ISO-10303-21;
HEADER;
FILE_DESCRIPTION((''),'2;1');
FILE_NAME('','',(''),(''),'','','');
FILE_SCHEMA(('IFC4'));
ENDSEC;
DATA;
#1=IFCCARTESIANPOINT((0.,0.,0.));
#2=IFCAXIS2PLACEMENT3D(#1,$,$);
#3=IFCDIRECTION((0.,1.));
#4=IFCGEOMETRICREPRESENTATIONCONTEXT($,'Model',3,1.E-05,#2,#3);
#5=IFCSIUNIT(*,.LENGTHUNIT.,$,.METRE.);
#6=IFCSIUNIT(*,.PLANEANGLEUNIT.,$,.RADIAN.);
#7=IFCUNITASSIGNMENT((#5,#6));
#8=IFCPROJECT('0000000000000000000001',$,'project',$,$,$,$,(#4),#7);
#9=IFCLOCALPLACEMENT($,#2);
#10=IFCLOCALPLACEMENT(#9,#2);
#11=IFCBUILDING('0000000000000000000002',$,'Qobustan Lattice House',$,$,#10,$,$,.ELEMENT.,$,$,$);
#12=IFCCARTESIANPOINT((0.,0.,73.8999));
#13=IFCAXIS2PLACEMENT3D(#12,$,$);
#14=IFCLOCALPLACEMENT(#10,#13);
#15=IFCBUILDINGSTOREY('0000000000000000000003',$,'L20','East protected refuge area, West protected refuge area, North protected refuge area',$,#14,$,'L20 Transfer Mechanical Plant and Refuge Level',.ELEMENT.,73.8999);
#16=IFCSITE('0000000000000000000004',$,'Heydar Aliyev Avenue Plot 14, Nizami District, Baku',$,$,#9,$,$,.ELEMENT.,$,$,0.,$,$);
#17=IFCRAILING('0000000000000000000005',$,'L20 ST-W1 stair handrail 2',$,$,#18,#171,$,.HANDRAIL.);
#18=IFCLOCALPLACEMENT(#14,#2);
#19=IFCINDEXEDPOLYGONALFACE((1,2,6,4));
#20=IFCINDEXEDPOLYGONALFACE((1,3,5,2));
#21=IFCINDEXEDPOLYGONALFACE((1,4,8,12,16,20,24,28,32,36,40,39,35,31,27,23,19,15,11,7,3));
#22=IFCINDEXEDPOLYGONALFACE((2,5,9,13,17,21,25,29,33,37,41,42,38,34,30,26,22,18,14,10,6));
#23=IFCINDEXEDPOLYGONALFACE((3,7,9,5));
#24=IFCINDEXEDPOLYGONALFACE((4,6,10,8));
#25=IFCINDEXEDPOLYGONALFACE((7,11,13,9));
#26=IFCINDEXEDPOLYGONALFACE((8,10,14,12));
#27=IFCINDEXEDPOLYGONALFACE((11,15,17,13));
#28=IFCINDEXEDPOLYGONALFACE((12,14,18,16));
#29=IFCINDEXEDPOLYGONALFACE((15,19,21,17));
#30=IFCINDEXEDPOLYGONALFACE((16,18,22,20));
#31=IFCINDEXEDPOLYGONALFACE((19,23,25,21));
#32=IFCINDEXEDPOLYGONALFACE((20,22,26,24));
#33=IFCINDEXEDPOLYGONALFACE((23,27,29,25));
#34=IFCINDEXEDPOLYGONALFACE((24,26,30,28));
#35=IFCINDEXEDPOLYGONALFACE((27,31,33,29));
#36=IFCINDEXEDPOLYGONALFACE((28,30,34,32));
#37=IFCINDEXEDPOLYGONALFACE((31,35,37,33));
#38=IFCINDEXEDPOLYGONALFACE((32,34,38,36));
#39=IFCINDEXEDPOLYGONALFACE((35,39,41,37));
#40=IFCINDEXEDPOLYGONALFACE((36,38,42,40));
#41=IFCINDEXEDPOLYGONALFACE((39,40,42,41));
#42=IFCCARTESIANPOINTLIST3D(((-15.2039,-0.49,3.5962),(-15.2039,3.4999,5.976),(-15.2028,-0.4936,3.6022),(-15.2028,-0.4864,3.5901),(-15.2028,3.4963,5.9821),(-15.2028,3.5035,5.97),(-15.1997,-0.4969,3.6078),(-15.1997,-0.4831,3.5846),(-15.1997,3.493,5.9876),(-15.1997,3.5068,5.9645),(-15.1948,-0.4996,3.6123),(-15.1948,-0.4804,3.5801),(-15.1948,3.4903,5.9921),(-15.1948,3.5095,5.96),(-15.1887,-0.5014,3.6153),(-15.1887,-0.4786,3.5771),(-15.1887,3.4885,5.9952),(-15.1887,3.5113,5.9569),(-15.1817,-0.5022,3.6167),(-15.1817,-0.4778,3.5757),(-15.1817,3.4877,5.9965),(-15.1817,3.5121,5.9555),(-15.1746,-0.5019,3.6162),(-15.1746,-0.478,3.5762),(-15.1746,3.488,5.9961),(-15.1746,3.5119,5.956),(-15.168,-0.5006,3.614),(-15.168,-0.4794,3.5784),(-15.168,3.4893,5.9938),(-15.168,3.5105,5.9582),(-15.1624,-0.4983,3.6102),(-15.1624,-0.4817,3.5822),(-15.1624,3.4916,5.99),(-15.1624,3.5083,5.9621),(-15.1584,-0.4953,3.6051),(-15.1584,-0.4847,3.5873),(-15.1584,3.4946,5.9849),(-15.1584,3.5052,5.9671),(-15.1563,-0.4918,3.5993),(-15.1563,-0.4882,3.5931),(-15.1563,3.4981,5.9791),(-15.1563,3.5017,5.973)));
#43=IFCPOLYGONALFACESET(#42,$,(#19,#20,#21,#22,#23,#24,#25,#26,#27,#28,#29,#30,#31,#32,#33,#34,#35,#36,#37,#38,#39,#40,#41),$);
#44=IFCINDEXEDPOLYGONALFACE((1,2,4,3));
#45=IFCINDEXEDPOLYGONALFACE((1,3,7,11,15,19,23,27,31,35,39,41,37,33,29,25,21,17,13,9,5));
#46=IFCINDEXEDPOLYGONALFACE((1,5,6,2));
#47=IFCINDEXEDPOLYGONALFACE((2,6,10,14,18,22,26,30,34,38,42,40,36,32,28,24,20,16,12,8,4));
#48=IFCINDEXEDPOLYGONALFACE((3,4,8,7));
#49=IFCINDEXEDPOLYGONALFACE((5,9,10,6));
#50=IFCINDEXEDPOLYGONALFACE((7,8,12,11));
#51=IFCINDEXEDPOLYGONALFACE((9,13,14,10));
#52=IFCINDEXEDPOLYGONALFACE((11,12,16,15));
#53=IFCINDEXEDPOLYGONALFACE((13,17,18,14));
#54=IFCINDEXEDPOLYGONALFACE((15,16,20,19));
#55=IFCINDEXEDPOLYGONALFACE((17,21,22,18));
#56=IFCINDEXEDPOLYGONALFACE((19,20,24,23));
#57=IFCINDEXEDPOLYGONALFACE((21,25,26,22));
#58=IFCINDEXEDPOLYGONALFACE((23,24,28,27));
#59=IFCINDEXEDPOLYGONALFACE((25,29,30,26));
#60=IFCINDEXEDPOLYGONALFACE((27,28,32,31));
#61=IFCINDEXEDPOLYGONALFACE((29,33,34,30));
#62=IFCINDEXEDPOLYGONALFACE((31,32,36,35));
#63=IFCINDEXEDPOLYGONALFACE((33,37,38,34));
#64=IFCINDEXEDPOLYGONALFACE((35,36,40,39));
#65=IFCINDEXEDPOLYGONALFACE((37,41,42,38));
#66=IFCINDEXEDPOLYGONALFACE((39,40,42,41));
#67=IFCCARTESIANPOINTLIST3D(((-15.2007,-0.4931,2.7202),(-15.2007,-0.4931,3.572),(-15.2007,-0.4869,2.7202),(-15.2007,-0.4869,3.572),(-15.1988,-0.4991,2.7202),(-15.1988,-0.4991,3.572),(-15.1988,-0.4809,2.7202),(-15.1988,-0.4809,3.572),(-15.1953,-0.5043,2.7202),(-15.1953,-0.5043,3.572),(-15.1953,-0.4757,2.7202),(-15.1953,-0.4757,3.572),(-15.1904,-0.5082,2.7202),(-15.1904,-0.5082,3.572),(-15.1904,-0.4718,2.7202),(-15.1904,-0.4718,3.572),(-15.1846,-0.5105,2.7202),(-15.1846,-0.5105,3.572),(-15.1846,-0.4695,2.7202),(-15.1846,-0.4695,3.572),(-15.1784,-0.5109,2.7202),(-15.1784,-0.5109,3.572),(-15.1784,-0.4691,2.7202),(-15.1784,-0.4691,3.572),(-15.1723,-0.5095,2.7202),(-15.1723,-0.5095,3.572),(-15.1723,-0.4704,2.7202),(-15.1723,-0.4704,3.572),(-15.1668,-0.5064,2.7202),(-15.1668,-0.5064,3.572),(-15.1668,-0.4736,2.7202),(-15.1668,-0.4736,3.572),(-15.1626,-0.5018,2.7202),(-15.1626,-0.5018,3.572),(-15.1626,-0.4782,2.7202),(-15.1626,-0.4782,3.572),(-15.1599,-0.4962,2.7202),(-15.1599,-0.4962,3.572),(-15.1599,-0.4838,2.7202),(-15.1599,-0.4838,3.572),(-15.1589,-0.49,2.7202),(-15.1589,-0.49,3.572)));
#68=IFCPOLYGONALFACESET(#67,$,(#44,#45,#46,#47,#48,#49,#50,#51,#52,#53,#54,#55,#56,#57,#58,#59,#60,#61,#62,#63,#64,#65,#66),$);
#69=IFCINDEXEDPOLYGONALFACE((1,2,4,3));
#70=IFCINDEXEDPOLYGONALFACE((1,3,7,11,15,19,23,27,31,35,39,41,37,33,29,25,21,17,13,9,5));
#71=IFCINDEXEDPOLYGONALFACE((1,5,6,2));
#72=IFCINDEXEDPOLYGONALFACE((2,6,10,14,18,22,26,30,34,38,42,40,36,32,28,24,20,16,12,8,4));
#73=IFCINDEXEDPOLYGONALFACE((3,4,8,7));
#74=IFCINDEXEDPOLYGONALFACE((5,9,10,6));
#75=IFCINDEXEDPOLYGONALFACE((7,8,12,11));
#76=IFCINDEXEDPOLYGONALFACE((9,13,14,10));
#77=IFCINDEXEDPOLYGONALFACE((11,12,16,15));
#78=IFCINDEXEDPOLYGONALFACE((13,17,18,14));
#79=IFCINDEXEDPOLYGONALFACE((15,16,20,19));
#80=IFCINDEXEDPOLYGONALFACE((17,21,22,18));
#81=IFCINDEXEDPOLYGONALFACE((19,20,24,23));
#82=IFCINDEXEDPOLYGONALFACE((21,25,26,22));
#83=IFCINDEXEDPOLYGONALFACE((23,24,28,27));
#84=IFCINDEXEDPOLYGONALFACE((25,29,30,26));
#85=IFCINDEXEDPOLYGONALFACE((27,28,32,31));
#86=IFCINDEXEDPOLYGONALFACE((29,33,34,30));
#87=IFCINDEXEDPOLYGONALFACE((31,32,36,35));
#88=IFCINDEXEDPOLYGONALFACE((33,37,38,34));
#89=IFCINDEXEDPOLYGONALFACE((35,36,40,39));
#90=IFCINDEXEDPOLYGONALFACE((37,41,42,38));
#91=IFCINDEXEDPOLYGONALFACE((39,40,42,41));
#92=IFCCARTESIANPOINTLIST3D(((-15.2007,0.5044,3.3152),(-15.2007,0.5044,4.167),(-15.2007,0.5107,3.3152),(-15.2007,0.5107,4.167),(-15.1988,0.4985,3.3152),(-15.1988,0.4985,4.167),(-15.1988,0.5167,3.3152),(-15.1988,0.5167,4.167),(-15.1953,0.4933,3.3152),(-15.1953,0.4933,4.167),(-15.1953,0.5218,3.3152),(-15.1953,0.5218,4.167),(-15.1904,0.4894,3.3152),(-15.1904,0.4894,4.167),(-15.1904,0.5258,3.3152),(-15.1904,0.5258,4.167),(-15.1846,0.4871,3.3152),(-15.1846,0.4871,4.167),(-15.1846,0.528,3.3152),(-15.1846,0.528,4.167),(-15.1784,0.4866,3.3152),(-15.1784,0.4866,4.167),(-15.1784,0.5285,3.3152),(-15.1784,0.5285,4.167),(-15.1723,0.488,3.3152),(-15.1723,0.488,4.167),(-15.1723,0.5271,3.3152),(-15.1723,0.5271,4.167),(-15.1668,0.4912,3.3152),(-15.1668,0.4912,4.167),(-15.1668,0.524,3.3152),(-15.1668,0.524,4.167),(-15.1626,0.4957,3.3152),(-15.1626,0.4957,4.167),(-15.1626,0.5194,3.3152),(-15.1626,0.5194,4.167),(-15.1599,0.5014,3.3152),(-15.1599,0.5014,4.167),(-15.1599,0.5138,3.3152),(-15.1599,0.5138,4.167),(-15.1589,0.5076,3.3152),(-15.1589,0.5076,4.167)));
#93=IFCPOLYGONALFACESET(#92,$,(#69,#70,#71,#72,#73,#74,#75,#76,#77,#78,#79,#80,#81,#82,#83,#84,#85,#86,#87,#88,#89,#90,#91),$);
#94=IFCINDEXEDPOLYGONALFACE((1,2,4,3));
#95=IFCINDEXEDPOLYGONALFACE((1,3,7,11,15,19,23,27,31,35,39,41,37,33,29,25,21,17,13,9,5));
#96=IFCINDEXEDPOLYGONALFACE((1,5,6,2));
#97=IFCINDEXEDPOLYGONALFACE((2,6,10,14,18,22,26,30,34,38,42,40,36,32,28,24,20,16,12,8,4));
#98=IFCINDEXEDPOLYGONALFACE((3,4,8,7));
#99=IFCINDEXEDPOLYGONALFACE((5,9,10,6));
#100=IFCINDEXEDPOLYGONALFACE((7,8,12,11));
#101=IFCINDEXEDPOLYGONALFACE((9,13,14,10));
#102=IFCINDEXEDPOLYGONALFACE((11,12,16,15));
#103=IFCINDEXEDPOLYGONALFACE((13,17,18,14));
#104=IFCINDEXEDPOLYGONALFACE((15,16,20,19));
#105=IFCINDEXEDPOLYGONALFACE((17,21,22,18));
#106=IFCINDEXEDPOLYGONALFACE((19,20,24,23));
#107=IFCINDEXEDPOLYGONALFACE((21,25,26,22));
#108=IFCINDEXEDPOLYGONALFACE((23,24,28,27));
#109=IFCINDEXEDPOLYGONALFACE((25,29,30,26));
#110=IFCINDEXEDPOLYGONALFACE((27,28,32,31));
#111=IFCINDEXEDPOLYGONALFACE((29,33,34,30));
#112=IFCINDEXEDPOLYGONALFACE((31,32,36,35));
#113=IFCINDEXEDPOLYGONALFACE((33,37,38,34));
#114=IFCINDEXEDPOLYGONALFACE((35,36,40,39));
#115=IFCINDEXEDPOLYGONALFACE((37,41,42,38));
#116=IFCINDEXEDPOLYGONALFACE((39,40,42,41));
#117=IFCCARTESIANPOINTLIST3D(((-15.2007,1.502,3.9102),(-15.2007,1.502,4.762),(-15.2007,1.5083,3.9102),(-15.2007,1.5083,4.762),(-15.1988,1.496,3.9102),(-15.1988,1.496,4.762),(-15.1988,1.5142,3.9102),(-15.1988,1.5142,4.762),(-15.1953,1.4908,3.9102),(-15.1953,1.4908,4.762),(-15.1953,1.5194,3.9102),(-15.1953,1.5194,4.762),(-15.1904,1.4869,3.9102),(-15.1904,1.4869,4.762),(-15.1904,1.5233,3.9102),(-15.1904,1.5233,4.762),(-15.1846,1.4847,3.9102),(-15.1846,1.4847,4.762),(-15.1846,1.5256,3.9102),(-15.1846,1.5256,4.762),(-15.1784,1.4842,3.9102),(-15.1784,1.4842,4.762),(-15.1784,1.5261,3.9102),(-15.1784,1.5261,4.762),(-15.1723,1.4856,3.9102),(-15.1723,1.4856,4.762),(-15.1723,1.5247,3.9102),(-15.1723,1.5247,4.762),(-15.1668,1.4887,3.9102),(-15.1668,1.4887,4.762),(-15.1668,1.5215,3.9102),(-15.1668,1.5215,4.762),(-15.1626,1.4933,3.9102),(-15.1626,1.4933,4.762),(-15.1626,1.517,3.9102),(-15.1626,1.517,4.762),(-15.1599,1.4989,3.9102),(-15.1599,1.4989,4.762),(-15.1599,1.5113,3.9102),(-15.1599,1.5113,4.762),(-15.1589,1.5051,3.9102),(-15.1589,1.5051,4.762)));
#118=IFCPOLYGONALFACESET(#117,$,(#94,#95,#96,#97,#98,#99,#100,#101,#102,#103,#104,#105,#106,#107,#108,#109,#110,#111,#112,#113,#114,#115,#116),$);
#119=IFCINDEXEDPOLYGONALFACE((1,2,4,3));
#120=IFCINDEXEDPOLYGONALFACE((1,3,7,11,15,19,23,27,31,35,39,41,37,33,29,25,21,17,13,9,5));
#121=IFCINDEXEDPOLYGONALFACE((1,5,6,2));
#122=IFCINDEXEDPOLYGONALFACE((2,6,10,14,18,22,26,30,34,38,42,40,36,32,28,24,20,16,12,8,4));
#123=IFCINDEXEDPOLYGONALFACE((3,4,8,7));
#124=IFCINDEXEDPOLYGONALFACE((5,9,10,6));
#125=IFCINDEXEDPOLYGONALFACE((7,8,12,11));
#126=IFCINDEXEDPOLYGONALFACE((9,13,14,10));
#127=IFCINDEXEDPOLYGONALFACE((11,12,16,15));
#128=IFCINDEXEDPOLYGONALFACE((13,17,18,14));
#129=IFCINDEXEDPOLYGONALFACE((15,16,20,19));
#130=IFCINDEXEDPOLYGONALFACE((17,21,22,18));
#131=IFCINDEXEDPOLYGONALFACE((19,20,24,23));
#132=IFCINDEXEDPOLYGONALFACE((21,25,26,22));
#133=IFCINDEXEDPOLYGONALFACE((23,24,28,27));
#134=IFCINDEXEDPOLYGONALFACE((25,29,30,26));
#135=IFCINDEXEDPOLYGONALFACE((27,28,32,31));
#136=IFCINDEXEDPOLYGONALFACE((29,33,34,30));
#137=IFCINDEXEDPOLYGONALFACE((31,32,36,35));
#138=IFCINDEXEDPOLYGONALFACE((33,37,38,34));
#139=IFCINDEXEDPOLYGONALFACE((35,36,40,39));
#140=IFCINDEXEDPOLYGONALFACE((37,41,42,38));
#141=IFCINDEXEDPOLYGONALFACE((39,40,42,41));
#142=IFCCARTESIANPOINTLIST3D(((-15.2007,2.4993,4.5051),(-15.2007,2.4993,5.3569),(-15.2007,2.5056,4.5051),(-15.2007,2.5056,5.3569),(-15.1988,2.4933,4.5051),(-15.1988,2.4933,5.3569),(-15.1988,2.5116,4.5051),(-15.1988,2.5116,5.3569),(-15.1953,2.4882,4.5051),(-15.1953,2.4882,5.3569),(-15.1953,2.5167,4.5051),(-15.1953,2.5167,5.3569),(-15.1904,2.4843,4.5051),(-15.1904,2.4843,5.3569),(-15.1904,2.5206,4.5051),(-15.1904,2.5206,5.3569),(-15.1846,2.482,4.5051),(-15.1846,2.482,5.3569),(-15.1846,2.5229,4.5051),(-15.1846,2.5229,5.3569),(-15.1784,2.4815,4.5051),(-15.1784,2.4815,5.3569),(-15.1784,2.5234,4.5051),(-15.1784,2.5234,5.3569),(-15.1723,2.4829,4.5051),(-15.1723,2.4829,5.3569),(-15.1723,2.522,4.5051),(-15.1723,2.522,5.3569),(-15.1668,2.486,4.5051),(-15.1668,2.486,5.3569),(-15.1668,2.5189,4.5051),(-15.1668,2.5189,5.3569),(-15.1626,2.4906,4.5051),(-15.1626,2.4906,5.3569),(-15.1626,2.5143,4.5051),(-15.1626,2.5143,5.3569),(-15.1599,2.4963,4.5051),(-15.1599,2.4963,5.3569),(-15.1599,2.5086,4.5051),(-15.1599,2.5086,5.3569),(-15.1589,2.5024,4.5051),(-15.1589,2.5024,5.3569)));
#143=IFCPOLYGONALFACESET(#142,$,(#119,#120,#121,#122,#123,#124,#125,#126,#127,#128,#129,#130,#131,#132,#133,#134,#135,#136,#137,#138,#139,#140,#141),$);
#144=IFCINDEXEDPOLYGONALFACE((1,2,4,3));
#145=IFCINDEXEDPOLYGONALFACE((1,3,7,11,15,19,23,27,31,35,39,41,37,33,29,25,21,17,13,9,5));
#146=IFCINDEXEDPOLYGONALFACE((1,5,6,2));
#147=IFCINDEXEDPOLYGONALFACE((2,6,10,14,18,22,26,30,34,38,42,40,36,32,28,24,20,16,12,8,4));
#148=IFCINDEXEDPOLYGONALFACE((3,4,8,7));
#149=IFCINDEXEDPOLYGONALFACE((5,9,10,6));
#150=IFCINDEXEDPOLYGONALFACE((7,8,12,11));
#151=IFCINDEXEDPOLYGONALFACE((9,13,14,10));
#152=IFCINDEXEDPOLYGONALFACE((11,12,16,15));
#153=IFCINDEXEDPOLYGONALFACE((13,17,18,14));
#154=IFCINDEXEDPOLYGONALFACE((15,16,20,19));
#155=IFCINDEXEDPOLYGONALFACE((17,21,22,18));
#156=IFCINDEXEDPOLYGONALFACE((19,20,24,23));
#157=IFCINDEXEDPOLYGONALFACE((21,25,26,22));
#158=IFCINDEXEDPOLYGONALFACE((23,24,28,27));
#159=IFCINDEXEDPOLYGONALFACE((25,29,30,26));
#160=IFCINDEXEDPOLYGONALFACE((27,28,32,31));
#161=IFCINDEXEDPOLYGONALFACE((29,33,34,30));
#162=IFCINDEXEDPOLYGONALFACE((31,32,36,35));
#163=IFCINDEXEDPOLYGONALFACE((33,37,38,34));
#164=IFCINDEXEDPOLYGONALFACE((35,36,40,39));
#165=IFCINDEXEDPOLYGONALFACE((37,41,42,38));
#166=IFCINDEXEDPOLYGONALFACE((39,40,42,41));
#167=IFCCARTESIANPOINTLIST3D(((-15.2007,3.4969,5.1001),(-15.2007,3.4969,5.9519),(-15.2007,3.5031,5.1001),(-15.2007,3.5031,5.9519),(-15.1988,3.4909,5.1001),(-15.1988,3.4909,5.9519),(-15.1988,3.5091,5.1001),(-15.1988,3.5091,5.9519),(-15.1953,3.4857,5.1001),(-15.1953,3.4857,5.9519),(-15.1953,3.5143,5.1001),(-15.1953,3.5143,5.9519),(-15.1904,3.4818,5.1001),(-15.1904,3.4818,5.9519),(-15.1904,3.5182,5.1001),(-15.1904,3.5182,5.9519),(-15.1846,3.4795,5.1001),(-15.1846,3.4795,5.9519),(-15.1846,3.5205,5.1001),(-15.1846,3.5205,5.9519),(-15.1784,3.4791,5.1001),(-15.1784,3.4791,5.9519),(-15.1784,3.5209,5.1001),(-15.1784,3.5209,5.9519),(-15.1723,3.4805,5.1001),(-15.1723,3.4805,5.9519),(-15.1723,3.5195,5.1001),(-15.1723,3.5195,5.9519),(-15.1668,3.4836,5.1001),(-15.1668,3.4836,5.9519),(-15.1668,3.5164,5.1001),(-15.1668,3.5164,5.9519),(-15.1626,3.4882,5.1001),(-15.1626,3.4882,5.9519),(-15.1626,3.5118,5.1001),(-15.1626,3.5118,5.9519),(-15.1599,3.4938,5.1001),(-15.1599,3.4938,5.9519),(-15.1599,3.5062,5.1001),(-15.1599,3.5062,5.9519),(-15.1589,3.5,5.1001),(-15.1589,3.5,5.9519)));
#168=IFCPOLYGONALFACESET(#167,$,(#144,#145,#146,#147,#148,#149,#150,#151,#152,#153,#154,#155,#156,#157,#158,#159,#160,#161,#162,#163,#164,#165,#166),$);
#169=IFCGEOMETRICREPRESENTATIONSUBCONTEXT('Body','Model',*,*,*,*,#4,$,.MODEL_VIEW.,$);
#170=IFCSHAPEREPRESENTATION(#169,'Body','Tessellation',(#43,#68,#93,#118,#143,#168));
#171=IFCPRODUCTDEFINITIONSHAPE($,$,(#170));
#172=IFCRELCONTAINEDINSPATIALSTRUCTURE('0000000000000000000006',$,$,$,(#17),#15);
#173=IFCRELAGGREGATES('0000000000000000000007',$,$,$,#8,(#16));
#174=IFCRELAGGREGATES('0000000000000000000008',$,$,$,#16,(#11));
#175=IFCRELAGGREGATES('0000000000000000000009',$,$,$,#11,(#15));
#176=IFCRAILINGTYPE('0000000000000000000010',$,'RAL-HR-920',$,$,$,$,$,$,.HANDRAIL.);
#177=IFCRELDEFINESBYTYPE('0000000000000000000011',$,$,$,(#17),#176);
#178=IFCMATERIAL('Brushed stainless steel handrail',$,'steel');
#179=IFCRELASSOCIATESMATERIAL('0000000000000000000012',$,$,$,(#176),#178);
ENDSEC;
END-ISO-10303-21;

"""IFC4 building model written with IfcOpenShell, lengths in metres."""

from ifc_helpers import new_model, si_unit, direction, frame, origin, origin_2d, place, context, subcontext, project, spatial, circle, extrude, material, type_object, element, save


model = new_model("IFC4")

# Units and contexts
model_context = context("Model", 3, precision=1e-05, world=origin(), true_north=direction((0.0, 1.0)))
body_context = subcontext(model_context, "Body", "Model", "MODEL_VIEW")
ifc_project = project(units=[si_unit("LENGTHUNIT", "METRE"), si_unit("PLANEANGLEUNIT", "RADIAN")], contexts=[model_context])

# Site, building, storey
site_placement = place(None, origin())
site = spatial("IfcSite", under=ifc_project, at=site_placement, Name="Heydar Aliyev Avenue Plot 14, Nizami District, Baku", CompositionType="ELEMENT", RefElevation=0.0)
building_placement = place(site_placement, origin())
building = spatial("IfcBuilding", under=site, at=building_placement, Name="Qobustan Lattice House", CompositionType="ELEMENT")
storey_placement = place(building_placement, frame((0.0, 0.0, 73.8999)))
storey = spatial("IfcBuildingStorey", under=building, at=storey_placement, Name="L20", Description="East protected refuge area, West protected refuge area, North protected refuge area", LongName="L20 Transfer Mechanical Plant and Refuge Level", CompositionType="ELEMENT", Elevation=73.8999)

# Railing
ifc_material_1 = material(Name="Brushed stainless steel handrail", Category="steel")
railing_type = type_object("IfcRailingType", Name="RAL-HR-920", PredefinedType="HANDRAIL", material=ifc_material_1)
railing_placement = place(storey_placement, frame((-15.1799, -0.49, 2.7202)))
element("IfcRailing", 1, at=railing_placement, inside=storey, type_object=railing_type, Name="L20 ST-W1 stair handrail 2", PredefinedType="HANDRAIL", context=body_context, shape_type="SweptSolid", body=[
    extrude(circle(Radius=0.0239, at=origin_2d()), frame((0.0, 0.0, 0.876), z_axis=(0.0, 0.85883, 0.512261), x_axis=(-1.0, 0.0, 0.0)), (0.0, 0.0, 1.0), 4.6458),
    extrude(circle(Radius=0.021, at=origin_2d()), origin(), (0.0, 0.0, 1.0), 0.8518),
    extrude(circle(Radius=0.021, at=origin_2d()), frame((0.0, 0.9976, 0.595)), (0.0, 0.0, 1.0), 0.8518),
    extrude(circle(Radius=0.021, at=origin_2d()), frame((0.0, 1.9951, 1.1899)), (0.0, 0.0, 1.0), 0.8518),
    extrude(circle(Radius=0.021, at=origin_2d()), frame((0.0, 2.9924, 1.7849)), (0.0, 0.0, 1.0), 0.8518),
    extrude(circle(Radius=0.021, at=origin_2d()), frame((0.0, 3.99, 2.3799)), (0.0, 0.0, 1.0), 0.8518),
])

save(model, "model.ifc")
